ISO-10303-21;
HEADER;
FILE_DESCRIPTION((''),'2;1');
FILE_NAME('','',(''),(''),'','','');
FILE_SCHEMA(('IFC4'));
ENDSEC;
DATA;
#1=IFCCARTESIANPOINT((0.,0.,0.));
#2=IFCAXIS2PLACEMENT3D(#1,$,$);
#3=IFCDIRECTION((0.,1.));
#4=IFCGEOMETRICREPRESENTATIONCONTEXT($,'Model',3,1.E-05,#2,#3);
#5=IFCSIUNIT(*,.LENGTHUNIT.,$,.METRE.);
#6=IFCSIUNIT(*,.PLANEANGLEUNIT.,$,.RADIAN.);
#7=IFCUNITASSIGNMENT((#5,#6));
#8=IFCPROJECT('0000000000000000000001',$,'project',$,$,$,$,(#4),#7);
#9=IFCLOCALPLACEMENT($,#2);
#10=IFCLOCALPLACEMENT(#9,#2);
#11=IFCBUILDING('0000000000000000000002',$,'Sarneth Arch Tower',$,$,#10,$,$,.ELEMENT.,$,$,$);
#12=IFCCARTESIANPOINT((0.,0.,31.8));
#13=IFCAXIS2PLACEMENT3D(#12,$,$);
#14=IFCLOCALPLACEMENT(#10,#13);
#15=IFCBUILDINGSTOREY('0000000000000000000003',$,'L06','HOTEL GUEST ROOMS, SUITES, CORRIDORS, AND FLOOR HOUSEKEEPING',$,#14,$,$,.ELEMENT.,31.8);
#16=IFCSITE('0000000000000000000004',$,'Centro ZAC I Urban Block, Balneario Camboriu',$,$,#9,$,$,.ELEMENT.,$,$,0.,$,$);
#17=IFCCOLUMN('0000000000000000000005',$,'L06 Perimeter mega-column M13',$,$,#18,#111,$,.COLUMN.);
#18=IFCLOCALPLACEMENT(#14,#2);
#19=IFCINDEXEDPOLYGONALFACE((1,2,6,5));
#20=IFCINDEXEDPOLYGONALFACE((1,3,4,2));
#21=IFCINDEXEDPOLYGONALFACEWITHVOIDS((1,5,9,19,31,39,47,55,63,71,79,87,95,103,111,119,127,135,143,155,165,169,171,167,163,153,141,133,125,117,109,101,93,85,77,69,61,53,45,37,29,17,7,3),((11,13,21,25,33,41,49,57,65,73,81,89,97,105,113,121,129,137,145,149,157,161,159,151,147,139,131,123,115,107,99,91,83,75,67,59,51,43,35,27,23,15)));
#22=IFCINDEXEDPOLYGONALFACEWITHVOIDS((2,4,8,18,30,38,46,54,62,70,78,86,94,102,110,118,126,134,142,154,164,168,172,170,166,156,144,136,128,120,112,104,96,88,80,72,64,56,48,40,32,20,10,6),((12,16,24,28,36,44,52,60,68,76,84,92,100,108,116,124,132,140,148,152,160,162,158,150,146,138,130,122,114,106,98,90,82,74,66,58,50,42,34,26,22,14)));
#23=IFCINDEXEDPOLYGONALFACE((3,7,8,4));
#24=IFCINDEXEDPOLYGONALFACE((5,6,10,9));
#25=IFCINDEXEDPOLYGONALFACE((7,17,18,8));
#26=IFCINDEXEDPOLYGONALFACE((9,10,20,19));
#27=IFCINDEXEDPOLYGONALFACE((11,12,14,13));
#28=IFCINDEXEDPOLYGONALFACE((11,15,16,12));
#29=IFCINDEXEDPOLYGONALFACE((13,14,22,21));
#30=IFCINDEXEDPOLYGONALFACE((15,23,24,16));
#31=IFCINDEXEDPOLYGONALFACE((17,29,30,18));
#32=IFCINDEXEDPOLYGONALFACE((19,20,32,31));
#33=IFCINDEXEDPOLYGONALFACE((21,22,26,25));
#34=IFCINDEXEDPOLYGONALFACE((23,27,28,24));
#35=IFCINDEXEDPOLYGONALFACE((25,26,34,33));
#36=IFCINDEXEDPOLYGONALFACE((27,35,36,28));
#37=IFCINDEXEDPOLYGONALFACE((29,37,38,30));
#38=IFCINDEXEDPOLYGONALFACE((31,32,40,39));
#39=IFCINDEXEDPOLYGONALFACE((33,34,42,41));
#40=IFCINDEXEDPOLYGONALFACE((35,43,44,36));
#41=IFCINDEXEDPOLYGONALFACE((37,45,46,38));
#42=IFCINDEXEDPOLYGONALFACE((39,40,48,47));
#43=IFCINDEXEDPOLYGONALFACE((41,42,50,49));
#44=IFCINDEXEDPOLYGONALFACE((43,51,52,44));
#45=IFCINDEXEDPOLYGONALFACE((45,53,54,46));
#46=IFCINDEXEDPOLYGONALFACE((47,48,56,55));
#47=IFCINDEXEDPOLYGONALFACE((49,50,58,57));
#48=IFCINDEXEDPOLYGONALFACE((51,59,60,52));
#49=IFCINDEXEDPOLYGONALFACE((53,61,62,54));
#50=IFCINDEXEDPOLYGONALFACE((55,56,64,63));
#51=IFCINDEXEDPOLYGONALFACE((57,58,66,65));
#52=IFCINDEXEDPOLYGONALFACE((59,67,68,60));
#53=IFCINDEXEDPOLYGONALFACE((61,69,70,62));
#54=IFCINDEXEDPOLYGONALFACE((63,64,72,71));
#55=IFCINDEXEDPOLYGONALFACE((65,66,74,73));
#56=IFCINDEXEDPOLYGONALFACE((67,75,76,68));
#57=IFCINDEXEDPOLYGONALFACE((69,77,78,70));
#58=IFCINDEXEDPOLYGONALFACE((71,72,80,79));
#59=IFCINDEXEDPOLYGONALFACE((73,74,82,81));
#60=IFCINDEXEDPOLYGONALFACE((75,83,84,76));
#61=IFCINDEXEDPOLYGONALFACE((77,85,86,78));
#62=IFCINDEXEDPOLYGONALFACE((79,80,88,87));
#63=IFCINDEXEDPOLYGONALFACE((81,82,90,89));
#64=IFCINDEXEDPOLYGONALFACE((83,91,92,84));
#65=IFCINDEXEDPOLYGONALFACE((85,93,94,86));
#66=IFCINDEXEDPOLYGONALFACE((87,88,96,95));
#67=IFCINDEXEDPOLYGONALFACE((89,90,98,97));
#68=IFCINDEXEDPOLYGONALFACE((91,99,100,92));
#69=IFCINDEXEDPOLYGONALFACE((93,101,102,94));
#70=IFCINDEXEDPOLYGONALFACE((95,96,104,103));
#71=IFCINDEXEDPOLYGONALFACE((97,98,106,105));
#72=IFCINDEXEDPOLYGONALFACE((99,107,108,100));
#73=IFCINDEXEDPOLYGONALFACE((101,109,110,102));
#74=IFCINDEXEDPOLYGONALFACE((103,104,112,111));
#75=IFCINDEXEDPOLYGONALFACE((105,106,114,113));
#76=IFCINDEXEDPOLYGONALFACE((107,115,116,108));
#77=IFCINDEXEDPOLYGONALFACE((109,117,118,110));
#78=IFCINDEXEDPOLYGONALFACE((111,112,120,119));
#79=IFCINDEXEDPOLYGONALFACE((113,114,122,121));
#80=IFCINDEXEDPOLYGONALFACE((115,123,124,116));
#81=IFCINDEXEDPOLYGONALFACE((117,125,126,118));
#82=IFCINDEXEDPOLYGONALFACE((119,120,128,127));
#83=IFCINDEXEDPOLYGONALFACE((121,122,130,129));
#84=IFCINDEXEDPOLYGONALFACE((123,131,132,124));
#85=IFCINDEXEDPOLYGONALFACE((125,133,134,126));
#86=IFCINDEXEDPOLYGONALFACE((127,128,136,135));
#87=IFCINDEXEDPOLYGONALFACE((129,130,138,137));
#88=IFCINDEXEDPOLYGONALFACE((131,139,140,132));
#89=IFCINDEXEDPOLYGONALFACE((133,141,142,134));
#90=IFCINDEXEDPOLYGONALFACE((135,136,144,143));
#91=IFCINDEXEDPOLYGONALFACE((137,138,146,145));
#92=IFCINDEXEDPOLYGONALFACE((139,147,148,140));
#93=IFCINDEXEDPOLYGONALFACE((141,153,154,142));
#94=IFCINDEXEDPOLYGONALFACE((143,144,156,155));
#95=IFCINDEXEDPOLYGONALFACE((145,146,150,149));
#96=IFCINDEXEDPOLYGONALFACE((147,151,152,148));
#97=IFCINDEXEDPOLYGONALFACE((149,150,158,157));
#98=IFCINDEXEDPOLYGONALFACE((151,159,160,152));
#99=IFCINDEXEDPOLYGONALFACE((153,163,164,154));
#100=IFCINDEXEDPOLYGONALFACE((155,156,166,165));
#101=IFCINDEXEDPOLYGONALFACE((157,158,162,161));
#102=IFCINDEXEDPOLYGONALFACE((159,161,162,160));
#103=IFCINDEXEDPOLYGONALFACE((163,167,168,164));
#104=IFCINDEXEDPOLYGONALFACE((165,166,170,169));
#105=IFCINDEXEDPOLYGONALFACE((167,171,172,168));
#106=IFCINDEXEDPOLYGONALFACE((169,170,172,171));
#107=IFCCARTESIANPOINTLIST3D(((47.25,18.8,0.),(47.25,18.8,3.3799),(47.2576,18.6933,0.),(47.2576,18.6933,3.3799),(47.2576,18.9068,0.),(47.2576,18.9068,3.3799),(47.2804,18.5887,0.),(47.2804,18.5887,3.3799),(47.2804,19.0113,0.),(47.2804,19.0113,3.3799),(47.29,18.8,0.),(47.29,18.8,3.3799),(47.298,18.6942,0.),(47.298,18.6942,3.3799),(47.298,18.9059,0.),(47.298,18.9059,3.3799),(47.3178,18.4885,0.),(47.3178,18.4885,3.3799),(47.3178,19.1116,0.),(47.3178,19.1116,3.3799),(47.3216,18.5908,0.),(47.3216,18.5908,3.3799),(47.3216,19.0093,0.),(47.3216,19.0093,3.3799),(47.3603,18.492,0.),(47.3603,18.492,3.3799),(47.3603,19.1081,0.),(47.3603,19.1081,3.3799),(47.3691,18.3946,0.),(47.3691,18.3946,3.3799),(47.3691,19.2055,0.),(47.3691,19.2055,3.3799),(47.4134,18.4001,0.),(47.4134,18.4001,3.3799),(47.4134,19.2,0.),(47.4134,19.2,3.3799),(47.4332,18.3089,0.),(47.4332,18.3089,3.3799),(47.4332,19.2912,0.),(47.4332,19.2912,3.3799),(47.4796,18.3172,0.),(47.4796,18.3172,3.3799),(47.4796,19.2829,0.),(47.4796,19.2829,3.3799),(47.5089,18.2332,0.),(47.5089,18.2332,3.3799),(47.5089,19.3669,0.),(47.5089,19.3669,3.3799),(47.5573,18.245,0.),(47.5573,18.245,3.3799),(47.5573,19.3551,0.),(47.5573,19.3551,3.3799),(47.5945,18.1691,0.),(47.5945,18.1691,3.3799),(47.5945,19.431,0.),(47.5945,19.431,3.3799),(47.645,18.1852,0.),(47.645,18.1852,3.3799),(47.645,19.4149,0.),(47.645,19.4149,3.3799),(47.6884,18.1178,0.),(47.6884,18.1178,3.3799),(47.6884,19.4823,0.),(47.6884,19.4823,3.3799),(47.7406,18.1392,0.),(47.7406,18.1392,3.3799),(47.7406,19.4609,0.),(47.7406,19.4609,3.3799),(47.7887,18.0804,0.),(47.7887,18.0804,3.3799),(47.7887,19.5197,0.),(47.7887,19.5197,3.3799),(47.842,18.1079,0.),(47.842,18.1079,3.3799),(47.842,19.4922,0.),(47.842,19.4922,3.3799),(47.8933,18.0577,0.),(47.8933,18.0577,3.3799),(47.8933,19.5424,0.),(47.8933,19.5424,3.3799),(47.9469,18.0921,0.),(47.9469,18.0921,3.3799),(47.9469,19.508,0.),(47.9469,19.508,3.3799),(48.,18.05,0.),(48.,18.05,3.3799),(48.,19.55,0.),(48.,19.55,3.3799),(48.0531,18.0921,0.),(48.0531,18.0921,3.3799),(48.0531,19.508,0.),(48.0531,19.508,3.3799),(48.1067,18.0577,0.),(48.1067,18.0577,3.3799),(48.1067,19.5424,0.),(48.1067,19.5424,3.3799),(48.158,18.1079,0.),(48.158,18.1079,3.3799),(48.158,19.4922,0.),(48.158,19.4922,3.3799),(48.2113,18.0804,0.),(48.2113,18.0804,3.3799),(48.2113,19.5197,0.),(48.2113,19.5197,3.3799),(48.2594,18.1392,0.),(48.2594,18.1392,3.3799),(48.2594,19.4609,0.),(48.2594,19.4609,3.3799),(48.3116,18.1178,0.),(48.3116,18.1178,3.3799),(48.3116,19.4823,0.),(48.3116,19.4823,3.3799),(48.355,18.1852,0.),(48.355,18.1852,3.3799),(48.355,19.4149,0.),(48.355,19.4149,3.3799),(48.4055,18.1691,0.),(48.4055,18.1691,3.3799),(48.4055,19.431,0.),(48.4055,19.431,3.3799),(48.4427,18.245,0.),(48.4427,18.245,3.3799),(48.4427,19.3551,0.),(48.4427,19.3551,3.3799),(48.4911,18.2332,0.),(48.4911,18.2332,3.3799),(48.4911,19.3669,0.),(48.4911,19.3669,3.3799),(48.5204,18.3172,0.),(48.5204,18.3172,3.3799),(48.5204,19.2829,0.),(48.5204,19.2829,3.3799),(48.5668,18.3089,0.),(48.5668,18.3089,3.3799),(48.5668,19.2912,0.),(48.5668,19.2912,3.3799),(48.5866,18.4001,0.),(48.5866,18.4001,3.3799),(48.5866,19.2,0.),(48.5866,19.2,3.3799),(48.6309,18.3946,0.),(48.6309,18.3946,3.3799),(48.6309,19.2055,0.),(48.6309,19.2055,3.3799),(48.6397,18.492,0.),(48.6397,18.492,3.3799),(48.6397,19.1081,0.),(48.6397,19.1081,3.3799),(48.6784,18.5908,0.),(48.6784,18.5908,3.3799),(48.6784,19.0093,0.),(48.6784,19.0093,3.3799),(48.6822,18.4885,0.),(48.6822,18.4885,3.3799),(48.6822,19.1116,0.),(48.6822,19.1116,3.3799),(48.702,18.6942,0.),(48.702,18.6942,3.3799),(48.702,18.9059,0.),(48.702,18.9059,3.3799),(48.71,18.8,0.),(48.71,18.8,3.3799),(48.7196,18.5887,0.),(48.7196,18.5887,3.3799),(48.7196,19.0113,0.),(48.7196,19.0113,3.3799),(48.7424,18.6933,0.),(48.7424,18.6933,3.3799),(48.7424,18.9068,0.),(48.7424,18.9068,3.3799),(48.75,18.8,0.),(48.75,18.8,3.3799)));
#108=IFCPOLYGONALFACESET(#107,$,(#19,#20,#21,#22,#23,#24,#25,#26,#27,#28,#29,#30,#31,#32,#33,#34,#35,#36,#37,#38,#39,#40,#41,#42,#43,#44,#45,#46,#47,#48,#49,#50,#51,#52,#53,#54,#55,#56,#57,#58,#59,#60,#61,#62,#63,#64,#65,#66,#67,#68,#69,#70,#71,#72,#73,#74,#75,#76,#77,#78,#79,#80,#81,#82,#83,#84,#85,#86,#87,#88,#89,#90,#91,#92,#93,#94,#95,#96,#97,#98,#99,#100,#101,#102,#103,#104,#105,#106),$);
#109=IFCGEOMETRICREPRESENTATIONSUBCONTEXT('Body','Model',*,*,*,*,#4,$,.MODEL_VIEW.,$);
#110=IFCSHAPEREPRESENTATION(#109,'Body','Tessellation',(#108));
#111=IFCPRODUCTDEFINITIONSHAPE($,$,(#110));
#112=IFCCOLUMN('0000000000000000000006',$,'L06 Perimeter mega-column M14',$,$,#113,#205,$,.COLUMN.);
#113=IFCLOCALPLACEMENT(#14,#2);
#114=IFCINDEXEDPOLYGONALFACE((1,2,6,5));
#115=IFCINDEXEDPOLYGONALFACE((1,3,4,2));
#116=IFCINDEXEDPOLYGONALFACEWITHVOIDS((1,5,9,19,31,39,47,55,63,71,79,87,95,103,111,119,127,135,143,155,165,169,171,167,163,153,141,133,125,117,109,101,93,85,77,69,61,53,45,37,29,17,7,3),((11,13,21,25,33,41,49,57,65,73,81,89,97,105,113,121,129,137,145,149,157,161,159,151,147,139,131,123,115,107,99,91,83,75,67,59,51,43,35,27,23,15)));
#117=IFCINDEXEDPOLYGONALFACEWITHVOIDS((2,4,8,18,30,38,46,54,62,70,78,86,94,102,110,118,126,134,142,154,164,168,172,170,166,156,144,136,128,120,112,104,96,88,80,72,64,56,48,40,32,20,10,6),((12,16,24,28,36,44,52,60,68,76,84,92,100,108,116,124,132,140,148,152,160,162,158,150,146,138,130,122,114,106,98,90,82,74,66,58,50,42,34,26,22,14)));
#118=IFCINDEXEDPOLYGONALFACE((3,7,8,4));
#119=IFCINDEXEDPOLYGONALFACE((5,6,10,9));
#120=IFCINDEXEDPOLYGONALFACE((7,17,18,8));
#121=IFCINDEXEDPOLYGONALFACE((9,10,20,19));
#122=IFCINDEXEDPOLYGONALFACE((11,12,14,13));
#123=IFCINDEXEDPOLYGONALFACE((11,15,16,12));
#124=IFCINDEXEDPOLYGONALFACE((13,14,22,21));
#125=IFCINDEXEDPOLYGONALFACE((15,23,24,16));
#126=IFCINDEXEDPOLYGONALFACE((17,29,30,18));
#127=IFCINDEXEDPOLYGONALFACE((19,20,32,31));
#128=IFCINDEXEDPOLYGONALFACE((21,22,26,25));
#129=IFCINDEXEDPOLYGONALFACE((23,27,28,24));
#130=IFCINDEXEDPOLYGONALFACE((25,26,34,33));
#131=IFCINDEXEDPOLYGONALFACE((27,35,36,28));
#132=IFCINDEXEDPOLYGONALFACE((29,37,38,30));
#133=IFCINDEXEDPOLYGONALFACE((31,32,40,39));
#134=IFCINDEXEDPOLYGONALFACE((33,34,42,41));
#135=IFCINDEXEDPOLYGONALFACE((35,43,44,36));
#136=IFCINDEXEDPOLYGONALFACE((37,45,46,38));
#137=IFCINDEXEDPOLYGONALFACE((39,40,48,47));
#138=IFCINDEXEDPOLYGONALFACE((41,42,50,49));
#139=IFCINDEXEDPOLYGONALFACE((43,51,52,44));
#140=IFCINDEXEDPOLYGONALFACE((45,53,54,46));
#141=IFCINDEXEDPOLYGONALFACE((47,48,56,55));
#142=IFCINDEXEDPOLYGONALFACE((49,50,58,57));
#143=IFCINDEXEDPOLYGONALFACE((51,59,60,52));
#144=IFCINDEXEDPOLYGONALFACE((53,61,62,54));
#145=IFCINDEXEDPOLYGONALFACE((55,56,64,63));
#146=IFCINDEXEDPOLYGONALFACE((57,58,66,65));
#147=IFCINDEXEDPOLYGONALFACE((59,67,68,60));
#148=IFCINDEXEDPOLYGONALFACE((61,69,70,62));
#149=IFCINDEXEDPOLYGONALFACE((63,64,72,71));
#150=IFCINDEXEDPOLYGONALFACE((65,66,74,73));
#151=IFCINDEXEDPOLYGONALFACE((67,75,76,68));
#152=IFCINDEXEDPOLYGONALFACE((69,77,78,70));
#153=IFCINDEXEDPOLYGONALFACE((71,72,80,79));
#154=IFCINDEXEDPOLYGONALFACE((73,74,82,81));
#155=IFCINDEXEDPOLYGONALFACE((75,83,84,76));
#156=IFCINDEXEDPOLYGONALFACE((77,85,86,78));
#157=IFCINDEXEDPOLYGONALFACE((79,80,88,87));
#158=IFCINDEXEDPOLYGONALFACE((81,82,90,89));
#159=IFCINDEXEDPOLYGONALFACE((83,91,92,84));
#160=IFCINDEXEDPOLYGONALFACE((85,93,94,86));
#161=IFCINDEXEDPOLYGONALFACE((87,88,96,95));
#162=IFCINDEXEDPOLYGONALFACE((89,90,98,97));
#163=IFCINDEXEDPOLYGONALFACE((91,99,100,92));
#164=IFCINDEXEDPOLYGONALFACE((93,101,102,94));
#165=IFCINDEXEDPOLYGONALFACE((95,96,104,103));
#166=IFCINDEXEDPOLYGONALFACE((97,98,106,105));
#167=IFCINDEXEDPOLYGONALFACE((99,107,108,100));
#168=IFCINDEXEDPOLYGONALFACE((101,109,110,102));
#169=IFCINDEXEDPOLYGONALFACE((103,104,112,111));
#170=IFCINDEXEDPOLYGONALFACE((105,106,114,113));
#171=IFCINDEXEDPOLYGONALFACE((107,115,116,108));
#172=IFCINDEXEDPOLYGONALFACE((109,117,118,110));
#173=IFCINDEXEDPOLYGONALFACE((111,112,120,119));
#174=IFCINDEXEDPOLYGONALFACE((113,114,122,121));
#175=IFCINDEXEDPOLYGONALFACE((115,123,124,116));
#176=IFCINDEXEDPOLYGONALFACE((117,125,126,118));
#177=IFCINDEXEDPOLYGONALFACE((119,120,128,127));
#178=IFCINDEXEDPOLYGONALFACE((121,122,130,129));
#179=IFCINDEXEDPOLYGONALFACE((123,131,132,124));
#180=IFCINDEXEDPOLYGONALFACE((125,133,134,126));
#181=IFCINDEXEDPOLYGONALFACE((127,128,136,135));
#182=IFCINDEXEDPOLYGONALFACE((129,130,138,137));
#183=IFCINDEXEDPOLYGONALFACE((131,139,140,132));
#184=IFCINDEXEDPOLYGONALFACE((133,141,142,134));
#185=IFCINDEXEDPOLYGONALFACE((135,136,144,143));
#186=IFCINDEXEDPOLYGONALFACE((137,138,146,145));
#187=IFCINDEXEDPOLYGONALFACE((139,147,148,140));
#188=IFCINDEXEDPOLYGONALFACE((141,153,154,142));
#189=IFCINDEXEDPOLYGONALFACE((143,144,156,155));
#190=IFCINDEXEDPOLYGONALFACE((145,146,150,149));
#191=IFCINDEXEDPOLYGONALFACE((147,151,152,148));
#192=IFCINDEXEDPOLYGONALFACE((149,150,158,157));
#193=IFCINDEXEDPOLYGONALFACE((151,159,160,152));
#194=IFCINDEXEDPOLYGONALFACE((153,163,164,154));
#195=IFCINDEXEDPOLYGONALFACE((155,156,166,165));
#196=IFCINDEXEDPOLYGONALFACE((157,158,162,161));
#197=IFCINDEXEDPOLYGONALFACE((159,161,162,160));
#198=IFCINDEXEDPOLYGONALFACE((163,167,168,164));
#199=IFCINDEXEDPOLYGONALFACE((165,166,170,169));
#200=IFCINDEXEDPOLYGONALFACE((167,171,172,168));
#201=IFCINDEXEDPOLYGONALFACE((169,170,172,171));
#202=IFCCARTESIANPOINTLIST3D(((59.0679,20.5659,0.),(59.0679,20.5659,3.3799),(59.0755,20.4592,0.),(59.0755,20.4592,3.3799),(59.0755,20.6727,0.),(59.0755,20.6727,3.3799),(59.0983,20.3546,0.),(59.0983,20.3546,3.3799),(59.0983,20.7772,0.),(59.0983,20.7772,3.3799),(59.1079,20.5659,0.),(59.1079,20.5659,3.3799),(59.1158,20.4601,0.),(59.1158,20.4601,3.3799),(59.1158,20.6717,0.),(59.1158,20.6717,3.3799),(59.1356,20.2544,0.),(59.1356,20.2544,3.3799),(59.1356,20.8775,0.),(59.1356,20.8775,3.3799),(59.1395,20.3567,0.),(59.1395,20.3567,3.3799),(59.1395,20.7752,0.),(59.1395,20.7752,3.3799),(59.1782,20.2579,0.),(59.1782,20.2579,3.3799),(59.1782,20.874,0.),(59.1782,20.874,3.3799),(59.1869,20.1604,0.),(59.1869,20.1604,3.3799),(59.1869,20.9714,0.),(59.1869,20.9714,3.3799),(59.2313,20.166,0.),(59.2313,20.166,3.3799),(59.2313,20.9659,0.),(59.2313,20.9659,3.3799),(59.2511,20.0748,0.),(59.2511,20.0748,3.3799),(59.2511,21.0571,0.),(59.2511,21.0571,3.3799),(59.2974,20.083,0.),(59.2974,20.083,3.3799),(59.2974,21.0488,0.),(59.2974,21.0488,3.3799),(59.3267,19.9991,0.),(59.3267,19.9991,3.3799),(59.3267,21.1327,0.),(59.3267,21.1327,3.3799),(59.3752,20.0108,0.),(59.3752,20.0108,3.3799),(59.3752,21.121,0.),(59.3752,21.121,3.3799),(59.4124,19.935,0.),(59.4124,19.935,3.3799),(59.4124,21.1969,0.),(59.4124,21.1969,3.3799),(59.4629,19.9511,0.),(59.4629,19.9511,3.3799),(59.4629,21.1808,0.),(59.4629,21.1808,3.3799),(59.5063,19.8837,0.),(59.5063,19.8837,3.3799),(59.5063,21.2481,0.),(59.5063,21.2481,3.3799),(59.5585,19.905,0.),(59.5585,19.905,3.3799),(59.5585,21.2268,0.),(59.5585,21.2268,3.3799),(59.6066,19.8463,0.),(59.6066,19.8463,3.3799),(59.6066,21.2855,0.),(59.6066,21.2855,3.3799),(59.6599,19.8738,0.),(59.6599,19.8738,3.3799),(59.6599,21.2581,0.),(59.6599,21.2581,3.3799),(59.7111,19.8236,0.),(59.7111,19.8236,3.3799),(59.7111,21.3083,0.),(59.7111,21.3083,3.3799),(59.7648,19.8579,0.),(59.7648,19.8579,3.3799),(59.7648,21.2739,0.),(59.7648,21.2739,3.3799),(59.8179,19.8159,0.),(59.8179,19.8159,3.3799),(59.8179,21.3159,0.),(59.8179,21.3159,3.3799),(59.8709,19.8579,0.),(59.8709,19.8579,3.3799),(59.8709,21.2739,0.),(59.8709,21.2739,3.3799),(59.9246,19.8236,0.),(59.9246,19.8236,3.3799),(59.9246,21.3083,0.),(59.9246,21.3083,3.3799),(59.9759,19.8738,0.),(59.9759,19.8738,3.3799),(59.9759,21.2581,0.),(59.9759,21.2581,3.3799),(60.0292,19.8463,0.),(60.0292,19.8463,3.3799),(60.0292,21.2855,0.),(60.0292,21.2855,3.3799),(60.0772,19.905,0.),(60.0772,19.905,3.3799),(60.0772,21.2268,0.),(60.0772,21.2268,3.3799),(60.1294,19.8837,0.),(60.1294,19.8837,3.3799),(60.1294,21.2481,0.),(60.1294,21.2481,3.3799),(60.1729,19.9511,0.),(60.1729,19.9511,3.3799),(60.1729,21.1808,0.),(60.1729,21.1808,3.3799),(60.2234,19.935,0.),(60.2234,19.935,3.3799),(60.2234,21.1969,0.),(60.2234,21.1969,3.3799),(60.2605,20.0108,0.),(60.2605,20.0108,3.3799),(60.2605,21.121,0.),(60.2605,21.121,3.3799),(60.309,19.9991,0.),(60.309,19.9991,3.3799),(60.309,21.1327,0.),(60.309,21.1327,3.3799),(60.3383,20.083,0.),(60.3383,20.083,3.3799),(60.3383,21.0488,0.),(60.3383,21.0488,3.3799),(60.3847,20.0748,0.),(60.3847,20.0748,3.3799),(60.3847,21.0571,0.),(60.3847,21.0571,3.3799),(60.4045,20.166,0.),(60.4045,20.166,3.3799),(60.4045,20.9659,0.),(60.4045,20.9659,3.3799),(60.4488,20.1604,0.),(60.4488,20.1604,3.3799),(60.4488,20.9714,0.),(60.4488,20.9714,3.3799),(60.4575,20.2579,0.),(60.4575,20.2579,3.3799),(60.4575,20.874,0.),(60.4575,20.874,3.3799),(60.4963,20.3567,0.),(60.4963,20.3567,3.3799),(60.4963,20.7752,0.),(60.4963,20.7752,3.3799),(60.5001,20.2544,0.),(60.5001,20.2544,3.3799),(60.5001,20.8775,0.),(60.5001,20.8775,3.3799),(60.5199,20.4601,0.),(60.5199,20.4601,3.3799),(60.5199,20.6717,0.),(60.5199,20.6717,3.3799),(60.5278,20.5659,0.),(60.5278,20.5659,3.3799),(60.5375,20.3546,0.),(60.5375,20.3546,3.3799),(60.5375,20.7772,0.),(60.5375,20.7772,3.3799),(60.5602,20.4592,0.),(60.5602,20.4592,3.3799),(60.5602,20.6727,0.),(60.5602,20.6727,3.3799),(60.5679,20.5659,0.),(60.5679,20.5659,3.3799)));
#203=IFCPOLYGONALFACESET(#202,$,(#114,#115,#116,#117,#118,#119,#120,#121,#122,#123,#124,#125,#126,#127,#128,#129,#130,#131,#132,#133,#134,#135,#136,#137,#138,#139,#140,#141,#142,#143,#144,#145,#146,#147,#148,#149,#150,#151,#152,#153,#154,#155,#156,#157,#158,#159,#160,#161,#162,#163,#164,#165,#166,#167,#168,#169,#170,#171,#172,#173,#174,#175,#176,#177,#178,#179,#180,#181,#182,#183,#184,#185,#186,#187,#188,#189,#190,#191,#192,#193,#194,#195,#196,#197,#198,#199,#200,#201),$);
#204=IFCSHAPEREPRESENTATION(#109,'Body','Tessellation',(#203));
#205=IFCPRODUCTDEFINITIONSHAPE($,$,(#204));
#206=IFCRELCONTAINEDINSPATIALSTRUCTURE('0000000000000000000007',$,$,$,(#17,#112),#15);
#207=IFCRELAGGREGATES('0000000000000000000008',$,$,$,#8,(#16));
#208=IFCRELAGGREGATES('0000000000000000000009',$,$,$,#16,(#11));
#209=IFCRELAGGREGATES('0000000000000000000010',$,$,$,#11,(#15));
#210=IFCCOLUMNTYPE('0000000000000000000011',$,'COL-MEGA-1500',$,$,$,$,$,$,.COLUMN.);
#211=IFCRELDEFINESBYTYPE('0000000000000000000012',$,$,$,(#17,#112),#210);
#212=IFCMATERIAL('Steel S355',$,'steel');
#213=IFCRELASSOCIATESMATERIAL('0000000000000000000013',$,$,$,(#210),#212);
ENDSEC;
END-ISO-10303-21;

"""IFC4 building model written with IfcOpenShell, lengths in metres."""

from ifc_helpers import new_model, si_unit, direction, frame, origin, origin_2d, place, context, subcontext, project, spatial, hollow_circle, extrude, material, material_profile, profile_set, type_object, element, save


model = new_model("IFC4")

# Units and contexts
model_context = context("Model", 3, precision=1e-05, world=origin(), true_north=direction((0.0, 1.0)))
body_context = subcontext(model_context, "Body", "Model", "MODEL_VIEW")
ifc_project = project(units=[si_unit("LENGTHUNIT", "METRE"), si_unit("PLANEANGLEUNIT", "RADIAN")], contexts=[model_context])

# Site, building, storey
site_placement = place(None, origin())
site = spatial("IfcSite", under=ifc_project, at=site_placement, Name="Centro ZAC I Urban Block, Balneario Camboriu", CompositionType="ELEMENT", RefElevation=0.0)
building_placement = place(site_placement, origin())
building = spatial("IfcBuilding", under=site, at=building_placement, Name="Sarneth Arch Tower", CompositionType="ELEMENT")
storey_placement = place(building_placement, frame((0.0, 0.0, 31.8)))
storey = spatial("IfcBuildingStorey", under=building, at=storey_placement, Name="L06", Description="HOTEL GUEST ROOMS, SUITES, CORRIDORS, AND FLOOR HOUSEKEEPING", CompositionType="ELEMENT", Elevation=31.8)

# Columns
ifc_material_1 = material(Name="Steel S355", Category="steel")
ifc_material_profile_1 = material_profile(ifc_material_1, hollow_circle(Radius=0.75, WallThickness=0.04, at=origin_2d()), Name="CHS1500x40")
ifc_profile_set_1 = profile_set([ifc_material_profile_1], Name="Steel S355")
column_type = type_object("IfcColumnType", Name="COL-MEGA-1500", PredefinedType="COLUMN", material=ifc_profile_set_1)
for number, where, z_axis, x_axis, name in (
    (1, (48.0, 18.8, 0.0), (0.0, 0.0, 1.0), (1.0, 0.0, 0.0), "L06 Perimeter mega-column M13"),
    (2, (59.8179, 20.5659, 0.0), (0.0, 0.0, 1.0), (1.0, 0.0, 0.0), "L06 Perimeter mega-column M14"),
):
    element("IfcColumn", number, at=place(storey_placement, frame(where, z_axis=z_axis, x_axis=x_axis)), inside=storey, type_object=column_type, Name=name, PredefinedType="COLUMN", context=body_context, shape_type="SweptSolid", body=[
        extrude(hollow_circle(Radius=0.75, WallThickness=0.04, at=origin_2d()), origin(), (0.0, 0.0, 1.0), 3.3799),
    ])

save(model, "model.ifc")
